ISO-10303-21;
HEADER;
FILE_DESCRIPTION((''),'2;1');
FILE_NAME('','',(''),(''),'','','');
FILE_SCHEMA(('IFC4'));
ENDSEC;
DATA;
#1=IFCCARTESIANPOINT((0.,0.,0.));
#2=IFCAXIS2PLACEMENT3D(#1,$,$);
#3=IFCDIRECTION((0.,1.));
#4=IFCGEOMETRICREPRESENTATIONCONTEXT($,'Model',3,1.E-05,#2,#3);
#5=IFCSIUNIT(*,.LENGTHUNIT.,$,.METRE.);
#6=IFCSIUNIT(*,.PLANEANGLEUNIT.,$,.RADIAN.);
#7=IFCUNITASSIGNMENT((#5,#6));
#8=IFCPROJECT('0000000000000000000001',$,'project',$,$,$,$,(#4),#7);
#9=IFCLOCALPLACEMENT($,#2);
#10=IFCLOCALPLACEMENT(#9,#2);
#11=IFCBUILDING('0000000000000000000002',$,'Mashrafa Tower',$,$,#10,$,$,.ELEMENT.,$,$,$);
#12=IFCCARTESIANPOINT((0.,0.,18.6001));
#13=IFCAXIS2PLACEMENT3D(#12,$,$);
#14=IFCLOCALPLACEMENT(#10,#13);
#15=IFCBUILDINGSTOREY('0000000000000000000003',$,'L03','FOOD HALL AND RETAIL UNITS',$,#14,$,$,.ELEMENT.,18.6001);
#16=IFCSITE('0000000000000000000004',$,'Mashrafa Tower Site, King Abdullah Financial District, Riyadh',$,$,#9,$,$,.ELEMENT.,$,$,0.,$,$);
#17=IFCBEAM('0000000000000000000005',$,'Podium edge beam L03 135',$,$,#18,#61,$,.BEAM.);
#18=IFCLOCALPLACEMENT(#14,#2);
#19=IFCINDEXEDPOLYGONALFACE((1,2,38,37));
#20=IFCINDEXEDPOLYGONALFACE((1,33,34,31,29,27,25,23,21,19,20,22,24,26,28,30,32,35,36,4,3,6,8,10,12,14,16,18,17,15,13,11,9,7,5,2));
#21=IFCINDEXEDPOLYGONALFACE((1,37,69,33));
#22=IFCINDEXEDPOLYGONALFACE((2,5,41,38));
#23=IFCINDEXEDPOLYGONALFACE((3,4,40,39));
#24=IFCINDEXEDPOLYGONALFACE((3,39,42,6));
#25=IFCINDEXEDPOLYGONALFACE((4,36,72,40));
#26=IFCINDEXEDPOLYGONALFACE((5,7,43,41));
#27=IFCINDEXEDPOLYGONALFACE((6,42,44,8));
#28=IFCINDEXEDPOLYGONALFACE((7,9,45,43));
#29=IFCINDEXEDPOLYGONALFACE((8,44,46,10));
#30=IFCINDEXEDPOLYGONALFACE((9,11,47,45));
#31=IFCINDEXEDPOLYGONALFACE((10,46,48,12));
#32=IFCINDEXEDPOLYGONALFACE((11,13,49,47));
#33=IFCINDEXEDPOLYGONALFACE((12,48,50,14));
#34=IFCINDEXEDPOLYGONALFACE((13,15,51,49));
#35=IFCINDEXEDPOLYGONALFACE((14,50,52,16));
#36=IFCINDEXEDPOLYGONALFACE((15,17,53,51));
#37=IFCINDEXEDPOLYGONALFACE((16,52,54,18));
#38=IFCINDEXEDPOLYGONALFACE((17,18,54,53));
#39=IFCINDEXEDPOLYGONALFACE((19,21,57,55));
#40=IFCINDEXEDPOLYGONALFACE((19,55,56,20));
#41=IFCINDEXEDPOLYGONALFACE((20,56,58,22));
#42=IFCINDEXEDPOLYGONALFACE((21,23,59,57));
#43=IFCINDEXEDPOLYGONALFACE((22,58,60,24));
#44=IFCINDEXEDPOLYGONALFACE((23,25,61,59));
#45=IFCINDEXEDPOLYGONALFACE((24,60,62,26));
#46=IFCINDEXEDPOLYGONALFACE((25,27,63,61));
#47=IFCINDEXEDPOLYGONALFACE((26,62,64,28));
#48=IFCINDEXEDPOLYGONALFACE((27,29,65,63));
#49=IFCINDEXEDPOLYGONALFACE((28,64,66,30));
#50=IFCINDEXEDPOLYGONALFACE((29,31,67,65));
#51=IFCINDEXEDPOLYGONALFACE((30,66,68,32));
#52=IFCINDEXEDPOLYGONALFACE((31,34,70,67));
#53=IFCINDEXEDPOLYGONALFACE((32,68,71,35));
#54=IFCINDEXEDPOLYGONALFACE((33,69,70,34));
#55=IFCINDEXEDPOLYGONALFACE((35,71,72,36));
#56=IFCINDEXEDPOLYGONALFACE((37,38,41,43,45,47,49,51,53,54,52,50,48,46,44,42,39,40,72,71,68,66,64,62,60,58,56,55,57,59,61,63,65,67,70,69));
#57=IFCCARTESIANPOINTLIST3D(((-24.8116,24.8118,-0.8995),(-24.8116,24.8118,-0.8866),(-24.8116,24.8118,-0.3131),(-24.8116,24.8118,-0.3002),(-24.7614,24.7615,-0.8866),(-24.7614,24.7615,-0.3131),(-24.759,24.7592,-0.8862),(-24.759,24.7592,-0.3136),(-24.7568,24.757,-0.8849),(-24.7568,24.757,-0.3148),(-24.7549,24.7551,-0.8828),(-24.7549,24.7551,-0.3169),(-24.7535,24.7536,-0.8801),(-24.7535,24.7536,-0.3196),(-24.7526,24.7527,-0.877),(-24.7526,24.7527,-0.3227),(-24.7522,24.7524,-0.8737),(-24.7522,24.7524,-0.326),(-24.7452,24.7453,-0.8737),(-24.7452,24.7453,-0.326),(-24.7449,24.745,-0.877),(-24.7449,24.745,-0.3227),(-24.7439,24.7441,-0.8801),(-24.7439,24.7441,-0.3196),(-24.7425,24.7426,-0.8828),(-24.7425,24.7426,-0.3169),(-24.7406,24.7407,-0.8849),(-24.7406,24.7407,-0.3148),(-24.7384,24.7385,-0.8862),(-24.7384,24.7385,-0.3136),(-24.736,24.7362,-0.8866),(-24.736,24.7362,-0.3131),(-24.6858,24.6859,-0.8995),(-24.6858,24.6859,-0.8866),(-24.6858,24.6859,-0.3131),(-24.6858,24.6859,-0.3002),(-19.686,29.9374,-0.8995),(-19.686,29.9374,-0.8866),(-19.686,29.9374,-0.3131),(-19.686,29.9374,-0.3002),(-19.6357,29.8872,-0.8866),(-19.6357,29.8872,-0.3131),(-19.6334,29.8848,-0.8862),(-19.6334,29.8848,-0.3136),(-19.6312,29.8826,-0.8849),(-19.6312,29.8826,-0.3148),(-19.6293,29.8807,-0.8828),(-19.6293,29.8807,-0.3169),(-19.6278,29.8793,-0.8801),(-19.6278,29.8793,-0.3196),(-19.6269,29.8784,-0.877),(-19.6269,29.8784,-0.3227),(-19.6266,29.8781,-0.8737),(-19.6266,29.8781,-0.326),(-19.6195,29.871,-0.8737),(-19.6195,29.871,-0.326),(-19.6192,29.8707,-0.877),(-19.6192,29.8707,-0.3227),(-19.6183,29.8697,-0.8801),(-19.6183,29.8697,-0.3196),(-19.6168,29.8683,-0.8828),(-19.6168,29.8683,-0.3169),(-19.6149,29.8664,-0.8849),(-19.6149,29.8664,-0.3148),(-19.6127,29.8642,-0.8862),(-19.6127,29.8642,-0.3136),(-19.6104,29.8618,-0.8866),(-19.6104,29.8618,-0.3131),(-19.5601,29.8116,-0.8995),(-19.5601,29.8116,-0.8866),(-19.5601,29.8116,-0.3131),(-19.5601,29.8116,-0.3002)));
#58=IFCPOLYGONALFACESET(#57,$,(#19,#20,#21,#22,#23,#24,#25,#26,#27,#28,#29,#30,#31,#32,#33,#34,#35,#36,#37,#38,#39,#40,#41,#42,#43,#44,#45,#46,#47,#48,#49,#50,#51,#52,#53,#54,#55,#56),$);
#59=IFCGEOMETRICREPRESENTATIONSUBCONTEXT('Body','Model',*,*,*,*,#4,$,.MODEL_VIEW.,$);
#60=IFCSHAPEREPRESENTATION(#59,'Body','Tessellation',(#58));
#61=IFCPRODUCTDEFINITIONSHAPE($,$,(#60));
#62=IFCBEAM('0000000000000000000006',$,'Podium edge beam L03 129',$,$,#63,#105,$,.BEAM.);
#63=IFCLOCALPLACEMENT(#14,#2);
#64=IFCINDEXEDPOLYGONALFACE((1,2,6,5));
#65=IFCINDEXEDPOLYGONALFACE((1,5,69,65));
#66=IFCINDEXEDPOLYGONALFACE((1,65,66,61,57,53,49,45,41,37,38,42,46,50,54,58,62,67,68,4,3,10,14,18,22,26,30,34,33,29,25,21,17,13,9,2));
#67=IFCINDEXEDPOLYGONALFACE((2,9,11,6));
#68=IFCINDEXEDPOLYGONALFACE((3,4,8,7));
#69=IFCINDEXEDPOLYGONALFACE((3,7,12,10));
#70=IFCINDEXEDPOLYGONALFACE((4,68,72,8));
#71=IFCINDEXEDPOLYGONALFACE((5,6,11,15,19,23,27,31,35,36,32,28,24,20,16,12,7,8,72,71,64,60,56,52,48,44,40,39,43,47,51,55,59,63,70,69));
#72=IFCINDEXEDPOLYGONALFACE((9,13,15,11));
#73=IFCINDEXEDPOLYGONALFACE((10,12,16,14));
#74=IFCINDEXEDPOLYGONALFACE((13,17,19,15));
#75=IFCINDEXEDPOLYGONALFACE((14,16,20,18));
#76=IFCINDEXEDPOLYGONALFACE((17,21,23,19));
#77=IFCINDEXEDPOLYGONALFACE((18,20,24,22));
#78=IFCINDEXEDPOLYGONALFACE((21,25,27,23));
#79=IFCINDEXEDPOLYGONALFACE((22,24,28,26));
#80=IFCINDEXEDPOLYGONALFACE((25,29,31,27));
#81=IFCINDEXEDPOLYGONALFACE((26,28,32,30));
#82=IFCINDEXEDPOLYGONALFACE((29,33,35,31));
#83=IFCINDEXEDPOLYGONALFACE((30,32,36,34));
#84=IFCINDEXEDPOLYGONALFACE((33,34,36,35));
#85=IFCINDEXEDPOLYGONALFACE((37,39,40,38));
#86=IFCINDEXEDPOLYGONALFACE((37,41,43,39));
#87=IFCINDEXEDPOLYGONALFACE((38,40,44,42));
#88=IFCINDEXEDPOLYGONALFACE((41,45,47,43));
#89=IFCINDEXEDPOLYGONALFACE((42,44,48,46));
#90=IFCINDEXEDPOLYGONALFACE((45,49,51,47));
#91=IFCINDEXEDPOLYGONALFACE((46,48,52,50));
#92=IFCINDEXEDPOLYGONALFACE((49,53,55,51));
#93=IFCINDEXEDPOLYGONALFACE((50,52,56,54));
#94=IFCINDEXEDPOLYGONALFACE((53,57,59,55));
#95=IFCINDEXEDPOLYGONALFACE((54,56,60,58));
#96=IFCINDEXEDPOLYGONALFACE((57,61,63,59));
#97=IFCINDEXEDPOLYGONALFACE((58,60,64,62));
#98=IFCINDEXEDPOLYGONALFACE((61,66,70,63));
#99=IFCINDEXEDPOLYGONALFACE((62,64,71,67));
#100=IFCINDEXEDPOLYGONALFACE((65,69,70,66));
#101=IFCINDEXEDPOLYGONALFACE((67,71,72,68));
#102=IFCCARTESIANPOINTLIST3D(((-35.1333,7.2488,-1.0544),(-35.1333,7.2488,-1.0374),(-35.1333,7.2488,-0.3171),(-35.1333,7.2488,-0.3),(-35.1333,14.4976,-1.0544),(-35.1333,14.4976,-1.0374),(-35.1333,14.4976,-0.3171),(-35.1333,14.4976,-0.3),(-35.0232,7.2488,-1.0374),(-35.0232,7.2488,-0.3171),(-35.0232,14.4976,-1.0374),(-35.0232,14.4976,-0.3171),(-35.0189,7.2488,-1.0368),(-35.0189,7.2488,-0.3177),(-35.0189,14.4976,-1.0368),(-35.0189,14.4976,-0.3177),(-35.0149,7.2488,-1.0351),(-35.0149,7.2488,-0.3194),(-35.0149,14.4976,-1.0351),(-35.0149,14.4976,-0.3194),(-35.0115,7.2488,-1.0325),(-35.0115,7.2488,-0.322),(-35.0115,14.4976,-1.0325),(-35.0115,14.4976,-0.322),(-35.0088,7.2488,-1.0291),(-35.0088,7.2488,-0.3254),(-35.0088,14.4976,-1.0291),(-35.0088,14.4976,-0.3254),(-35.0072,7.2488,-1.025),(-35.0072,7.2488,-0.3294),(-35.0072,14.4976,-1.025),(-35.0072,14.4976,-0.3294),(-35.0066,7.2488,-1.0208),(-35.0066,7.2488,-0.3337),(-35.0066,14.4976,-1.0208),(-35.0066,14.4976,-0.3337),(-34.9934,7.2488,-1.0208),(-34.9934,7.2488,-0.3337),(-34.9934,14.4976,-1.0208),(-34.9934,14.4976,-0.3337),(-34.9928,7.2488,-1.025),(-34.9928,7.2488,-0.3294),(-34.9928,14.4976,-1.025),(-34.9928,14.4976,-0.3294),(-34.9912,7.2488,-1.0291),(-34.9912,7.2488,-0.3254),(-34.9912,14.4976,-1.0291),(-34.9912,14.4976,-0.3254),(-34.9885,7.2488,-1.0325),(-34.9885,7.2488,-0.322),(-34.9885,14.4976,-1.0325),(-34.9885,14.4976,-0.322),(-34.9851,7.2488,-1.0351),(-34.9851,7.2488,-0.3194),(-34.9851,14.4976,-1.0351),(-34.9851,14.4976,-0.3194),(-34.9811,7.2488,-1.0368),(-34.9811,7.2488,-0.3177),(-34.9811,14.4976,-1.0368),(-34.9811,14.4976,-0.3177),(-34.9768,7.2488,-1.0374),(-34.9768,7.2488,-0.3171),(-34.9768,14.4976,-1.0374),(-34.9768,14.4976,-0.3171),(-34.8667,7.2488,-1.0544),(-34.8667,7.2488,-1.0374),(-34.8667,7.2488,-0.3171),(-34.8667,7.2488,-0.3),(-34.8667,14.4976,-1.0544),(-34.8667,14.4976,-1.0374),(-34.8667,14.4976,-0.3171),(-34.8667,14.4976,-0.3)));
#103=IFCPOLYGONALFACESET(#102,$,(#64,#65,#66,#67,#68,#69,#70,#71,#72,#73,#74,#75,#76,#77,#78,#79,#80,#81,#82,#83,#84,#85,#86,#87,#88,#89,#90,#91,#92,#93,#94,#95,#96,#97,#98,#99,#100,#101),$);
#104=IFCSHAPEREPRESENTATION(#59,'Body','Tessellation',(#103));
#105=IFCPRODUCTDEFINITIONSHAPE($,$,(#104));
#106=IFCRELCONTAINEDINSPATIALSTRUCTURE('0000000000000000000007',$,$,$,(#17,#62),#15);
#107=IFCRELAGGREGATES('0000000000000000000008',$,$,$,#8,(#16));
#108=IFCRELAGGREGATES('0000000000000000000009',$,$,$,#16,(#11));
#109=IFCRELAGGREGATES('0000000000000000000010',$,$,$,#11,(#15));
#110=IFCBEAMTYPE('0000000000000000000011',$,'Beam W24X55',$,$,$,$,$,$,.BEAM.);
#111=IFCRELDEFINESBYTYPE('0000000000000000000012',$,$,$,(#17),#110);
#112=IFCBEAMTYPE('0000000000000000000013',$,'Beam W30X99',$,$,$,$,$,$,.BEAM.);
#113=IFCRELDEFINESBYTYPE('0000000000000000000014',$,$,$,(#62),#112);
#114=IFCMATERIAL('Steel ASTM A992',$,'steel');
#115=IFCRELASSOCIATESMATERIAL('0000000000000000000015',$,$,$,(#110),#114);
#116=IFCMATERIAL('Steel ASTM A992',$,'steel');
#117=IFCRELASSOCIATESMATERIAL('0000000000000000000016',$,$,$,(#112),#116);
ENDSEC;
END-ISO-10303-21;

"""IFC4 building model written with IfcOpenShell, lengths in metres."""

from ifc_helpers import new_model, si_unit, direction, frame, origin, origin_2d, place, context, subcontext, project, spatial, i_section, extrude, material, material_profile, profile_set, type_object, element, save


model = new_model("IFC4")

# Units and contexts
model_context = context("Model", 3, precision=1e-05, world=origin(), true_north=direction((0.0, 1.0)))
body_context = subcontext(model_context, "Body", "Model", "MODEL_VIEW")
ifc_project = project(units=[si_unit("LENGTHUNIT", "METRE"), si_unit("PLANEANGLEUNIT", "RADIAN")], contexts=[model_context])

# Site, building, storey
site_placement = place(None, origin())
site = spatial("IfcSite", under=ifc_project, at=site_placement, Name="Mashrafa Tower Site, King Abdullah Financial District, Riyadh", CompositionType="ELEMENT", RefElevation=0.0)
building_placement = place(site_placement, origin())
building = spatial("IfcBuilding", under=site, at=building_placement, Name="Mashrafa Tower", CompositionType="ELEMENT")
storey_placement = place(building_placement, frame((0.0, 0.0, 18.6001)))
storey = spatial("IfcBuildingStorey", under=building, at=storey_placement, Name="L03", Description="FOOD HALL AND RETAIL UNITS", CompositionType="ELEMENT", Elevation=18.6001)

# Beams
ifc_material_1 = material(Name="Steel ASTM A992", Category="steel")
ifc_material_profile_1 = material_profile(ifc_material_1, i_section(OverallWidth=0.178, OverallDepth=0.5994, WebThickness=0.01, FlangeThickness=0.0129, FilletRadius=0.0129, at=origin_2d()), Name="W24X55")
ifc_profile_set_1 = profile_set([ifc_material_profile_1], Name="Steel ASTM A992")
beam_type_1 = type_object("IfcBeamType", Name="Beam W24X55", PredefinedType="BEAM", material=ifc_profile_set_1)
for number, where, z_axis, x_axis, name in (
    (1, (-19.623, 29.8745, -0.5999), (-0.707107, -0.707107, 0.0), (0.707107, -0.707107, 0.0), "Podium edge beam L03 135"),
):
    element("IfcBeam", number, at=place(storey_placement, frame(where, z_axis=z_axis, x_axis=x_axis)), inside=storey, type_object=beam_type_1, Name=name, PredefinedType="BEAM", context=body_context, shape_type="SweptSolid", body=[
        extrude(i_section(OverallWidth=0.178, OverallDepth=0.5994, WebThickness=0.01, FlangeThickness=0.0129, FilletRadius=0.0129, at=origin_2d()), origin(), (0.0, 0.0, 1.0), 7.2488),
    ])
ifc_material_2 = material(Name="Steel ASTM A992", Category="steel")
ifc_material_profile_2 = material_profile(ifc_material_2, i_section(OverallWidth=0.2666, OverallDepth=0.7544, WebThickness=0.0132, FlangeThickness=0.0171, FilletRadius=0.0166, at=origin_2d()), Name="W30X99")
ifc_profile_set_2 = profile_set([ifc_material_profile_2], Name="Steel ASTM A992")
beam_type_2 = type_object("IfcBeamType", Name="Beam W30X99", PredefinedType="BEAM", material=ifc_profile_set_2)
beam_1_placement = place(storey_placement, frame((-35.0, 14.4976, -0.6772), z_axis=(0.0, -1.0, 0.0), x_axis=(1.0, 0.0, 0.0)))
element("IfcBeam", 2, at=beam_1_placement, inside=storey, type_object=beam_type_2, Name="Podium edge beam L03 129", PredefinedType="BEAM", context=body_context, shape_type="SweptSolid", body=[
    extrude(i_section(OverallWidth=0.2666, OverallDepth=0.7544, WebThickness=0.0132, FlangeThickness=0.0171, FilletRadius=0.0166, at=origin_2d()), origin(), (0.0, 0.0, 1.0), 7.2488),
])

save(model, "model.ifc")
